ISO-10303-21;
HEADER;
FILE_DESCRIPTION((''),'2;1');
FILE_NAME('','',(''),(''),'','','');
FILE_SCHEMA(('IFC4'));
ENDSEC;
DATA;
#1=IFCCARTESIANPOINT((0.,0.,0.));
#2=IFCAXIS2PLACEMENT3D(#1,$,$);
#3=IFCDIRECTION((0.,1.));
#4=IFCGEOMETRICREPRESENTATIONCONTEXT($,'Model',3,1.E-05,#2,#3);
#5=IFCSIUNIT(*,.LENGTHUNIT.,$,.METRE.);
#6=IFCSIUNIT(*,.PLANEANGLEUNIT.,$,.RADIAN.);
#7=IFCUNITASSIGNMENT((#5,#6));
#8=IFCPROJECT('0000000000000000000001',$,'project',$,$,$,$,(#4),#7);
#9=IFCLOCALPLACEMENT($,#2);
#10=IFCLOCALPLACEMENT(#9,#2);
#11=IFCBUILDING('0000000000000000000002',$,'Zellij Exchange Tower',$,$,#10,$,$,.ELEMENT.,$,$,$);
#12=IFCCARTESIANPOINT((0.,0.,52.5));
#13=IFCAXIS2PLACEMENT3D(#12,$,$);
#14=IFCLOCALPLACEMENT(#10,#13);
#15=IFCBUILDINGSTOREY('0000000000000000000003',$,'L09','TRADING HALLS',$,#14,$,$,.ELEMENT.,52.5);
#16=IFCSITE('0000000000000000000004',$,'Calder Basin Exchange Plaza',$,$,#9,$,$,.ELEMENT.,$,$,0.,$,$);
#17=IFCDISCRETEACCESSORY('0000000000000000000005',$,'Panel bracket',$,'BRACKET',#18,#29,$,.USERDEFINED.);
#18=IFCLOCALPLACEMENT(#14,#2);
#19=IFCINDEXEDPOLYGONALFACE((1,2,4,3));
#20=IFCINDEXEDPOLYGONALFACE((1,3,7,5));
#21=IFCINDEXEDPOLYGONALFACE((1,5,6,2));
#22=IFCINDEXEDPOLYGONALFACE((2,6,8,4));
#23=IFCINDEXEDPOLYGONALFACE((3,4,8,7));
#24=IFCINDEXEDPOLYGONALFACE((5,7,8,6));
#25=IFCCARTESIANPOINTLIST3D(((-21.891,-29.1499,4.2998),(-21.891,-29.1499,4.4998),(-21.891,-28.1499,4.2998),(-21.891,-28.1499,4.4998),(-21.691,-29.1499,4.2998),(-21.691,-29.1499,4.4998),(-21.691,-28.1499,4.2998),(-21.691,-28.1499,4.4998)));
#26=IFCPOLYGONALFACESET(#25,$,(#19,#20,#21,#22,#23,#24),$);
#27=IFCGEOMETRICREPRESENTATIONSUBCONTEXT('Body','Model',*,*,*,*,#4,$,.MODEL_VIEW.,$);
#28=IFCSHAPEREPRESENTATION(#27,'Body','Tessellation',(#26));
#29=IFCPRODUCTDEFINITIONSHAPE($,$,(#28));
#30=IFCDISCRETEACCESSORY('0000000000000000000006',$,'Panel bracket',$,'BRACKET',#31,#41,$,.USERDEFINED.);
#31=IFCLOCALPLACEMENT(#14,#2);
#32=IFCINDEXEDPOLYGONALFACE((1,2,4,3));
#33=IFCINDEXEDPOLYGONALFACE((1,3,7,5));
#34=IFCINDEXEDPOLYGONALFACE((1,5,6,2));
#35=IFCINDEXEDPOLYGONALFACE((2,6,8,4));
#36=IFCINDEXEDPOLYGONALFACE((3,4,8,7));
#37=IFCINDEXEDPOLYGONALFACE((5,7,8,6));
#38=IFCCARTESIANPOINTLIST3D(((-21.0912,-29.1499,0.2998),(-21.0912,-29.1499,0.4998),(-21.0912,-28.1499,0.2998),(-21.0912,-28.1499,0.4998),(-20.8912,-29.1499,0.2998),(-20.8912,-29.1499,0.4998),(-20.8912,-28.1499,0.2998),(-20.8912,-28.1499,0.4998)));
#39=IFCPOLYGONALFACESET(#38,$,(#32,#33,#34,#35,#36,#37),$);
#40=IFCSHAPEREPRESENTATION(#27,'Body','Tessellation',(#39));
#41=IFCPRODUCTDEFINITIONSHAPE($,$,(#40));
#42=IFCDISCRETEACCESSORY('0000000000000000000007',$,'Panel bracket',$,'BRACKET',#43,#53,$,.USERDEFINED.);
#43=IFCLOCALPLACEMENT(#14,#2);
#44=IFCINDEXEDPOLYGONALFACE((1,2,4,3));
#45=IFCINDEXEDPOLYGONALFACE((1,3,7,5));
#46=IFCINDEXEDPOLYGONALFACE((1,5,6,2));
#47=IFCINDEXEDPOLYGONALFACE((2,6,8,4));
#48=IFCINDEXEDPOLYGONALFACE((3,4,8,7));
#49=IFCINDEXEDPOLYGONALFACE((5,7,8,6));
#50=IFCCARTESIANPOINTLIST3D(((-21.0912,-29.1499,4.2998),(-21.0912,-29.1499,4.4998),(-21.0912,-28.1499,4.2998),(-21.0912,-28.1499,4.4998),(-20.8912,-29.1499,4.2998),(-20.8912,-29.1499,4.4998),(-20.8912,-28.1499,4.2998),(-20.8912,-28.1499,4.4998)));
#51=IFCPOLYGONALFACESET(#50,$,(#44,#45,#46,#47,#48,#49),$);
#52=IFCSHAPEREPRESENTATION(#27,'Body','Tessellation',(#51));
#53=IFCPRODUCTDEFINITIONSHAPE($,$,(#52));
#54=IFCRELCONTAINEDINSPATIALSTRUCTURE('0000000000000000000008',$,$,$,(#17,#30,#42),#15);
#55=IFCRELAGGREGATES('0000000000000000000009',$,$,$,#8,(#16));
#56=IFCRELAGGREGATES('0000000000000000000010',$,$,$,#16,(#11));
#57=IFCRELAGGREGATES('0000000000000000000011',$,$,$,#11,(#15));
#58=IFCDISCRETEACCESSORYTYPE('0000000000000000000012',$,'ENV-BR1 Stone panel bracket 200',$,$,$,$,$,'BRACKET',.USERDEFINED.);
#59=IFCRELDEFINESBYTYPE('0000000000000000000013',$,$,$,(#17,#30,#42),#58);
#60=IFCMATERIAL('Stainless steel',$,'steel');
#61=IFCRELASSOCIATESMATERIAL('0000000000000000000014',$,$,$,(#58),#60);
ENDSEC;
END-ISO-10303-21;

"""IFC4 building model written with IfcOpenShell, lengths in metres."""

from ifc_helpers import new_model, si_unit, direction, frame, origin, origin_2d, place, context, subcontext, project, spatial, rectangle, extrude, material, type_object, element, save


model = new_model("IFC4")

# Units and contexts
model_context = context("Model", 3, precision=1e-05, world=origin(), true_north=direction((0.0, 1.0)))
body_context = subcontext(model_context, "Body", "Model", "MODEL_VIEW")
ifc_project = project(units=[si_unit("LENGTHUNIT", "METRE"), si_unit("PLANEANGLEUNIT", "RADIAN")], contexts=[model_context])

# Site, building, storey
site_placement = place(None, origin())
site = spatial("IfcSite", under=ifc_project, at=site_placement, Name="Calder Basin Exchange Plaza", CompositionType="ELEMENT", RefElevation=0.0)
building_placement = place(site_placement, origin())
building = spatial("IfcBuilding", under=site, at=building_placement, Name="Zellij Exchange Tower", CompositionType="ELEMENT")
storey_placement = place(building_placement, frame((0.0, 0.0, 52.5)))
storey = spatial("IfcBuildingStorey", under=building, at=storey_placement, Name="L09", Description="TRADING HALLS", CompositionType="ELEMENT", Elevation=52.5)

# Discrete accessories
ifc_material_1 = material(Name="Stainless steel", Category="steel")
discrete_accessory_type = type_object("IfcDiscreteAccessoryType", Name="ENV-BR1 Stone panel bracket 200", ElementType="BRACKET", PredefinedType="USERDEFINED", material=ifc_material_1)
for number, where, z_axis, x_axis, name in (
    (1, (-21.791, -28.6499, 4.2998), (0.0, 0.0, 1.0), (1.0, 0.0, 0.0), "Panel bracket"),
    (2, (-20.9912, -28.6499, 0.2998), (0.0, 0.0, 1.0), (1.0, 0.0, 0.0), "Panel bracket"),
    (3, (-20.9912, -28.6499, 4.2998), (0.0, 0.0, 1.0), (1.0, 0.0, 0.0), "Panel bracket"),
):
    element("IfcDiscreteAccessory", number, at=place(storey_placement, frame(where, z_axis=z_axis, x_axis=x_axis)), inside=storey, type_object=discrete_accessory_type, Name=name, ObjectType="BRACKET", PredefinedType="USERDEFINED", context=body_context, shape_type="SweptSolid", body=[
        extrude(rectangle(XDim=0.2, YDim=1.0, at=origin_2d()), origin(), (0.0, 0.0, 1.0), 0.2),
    ])

save(model, "model.ifc")
